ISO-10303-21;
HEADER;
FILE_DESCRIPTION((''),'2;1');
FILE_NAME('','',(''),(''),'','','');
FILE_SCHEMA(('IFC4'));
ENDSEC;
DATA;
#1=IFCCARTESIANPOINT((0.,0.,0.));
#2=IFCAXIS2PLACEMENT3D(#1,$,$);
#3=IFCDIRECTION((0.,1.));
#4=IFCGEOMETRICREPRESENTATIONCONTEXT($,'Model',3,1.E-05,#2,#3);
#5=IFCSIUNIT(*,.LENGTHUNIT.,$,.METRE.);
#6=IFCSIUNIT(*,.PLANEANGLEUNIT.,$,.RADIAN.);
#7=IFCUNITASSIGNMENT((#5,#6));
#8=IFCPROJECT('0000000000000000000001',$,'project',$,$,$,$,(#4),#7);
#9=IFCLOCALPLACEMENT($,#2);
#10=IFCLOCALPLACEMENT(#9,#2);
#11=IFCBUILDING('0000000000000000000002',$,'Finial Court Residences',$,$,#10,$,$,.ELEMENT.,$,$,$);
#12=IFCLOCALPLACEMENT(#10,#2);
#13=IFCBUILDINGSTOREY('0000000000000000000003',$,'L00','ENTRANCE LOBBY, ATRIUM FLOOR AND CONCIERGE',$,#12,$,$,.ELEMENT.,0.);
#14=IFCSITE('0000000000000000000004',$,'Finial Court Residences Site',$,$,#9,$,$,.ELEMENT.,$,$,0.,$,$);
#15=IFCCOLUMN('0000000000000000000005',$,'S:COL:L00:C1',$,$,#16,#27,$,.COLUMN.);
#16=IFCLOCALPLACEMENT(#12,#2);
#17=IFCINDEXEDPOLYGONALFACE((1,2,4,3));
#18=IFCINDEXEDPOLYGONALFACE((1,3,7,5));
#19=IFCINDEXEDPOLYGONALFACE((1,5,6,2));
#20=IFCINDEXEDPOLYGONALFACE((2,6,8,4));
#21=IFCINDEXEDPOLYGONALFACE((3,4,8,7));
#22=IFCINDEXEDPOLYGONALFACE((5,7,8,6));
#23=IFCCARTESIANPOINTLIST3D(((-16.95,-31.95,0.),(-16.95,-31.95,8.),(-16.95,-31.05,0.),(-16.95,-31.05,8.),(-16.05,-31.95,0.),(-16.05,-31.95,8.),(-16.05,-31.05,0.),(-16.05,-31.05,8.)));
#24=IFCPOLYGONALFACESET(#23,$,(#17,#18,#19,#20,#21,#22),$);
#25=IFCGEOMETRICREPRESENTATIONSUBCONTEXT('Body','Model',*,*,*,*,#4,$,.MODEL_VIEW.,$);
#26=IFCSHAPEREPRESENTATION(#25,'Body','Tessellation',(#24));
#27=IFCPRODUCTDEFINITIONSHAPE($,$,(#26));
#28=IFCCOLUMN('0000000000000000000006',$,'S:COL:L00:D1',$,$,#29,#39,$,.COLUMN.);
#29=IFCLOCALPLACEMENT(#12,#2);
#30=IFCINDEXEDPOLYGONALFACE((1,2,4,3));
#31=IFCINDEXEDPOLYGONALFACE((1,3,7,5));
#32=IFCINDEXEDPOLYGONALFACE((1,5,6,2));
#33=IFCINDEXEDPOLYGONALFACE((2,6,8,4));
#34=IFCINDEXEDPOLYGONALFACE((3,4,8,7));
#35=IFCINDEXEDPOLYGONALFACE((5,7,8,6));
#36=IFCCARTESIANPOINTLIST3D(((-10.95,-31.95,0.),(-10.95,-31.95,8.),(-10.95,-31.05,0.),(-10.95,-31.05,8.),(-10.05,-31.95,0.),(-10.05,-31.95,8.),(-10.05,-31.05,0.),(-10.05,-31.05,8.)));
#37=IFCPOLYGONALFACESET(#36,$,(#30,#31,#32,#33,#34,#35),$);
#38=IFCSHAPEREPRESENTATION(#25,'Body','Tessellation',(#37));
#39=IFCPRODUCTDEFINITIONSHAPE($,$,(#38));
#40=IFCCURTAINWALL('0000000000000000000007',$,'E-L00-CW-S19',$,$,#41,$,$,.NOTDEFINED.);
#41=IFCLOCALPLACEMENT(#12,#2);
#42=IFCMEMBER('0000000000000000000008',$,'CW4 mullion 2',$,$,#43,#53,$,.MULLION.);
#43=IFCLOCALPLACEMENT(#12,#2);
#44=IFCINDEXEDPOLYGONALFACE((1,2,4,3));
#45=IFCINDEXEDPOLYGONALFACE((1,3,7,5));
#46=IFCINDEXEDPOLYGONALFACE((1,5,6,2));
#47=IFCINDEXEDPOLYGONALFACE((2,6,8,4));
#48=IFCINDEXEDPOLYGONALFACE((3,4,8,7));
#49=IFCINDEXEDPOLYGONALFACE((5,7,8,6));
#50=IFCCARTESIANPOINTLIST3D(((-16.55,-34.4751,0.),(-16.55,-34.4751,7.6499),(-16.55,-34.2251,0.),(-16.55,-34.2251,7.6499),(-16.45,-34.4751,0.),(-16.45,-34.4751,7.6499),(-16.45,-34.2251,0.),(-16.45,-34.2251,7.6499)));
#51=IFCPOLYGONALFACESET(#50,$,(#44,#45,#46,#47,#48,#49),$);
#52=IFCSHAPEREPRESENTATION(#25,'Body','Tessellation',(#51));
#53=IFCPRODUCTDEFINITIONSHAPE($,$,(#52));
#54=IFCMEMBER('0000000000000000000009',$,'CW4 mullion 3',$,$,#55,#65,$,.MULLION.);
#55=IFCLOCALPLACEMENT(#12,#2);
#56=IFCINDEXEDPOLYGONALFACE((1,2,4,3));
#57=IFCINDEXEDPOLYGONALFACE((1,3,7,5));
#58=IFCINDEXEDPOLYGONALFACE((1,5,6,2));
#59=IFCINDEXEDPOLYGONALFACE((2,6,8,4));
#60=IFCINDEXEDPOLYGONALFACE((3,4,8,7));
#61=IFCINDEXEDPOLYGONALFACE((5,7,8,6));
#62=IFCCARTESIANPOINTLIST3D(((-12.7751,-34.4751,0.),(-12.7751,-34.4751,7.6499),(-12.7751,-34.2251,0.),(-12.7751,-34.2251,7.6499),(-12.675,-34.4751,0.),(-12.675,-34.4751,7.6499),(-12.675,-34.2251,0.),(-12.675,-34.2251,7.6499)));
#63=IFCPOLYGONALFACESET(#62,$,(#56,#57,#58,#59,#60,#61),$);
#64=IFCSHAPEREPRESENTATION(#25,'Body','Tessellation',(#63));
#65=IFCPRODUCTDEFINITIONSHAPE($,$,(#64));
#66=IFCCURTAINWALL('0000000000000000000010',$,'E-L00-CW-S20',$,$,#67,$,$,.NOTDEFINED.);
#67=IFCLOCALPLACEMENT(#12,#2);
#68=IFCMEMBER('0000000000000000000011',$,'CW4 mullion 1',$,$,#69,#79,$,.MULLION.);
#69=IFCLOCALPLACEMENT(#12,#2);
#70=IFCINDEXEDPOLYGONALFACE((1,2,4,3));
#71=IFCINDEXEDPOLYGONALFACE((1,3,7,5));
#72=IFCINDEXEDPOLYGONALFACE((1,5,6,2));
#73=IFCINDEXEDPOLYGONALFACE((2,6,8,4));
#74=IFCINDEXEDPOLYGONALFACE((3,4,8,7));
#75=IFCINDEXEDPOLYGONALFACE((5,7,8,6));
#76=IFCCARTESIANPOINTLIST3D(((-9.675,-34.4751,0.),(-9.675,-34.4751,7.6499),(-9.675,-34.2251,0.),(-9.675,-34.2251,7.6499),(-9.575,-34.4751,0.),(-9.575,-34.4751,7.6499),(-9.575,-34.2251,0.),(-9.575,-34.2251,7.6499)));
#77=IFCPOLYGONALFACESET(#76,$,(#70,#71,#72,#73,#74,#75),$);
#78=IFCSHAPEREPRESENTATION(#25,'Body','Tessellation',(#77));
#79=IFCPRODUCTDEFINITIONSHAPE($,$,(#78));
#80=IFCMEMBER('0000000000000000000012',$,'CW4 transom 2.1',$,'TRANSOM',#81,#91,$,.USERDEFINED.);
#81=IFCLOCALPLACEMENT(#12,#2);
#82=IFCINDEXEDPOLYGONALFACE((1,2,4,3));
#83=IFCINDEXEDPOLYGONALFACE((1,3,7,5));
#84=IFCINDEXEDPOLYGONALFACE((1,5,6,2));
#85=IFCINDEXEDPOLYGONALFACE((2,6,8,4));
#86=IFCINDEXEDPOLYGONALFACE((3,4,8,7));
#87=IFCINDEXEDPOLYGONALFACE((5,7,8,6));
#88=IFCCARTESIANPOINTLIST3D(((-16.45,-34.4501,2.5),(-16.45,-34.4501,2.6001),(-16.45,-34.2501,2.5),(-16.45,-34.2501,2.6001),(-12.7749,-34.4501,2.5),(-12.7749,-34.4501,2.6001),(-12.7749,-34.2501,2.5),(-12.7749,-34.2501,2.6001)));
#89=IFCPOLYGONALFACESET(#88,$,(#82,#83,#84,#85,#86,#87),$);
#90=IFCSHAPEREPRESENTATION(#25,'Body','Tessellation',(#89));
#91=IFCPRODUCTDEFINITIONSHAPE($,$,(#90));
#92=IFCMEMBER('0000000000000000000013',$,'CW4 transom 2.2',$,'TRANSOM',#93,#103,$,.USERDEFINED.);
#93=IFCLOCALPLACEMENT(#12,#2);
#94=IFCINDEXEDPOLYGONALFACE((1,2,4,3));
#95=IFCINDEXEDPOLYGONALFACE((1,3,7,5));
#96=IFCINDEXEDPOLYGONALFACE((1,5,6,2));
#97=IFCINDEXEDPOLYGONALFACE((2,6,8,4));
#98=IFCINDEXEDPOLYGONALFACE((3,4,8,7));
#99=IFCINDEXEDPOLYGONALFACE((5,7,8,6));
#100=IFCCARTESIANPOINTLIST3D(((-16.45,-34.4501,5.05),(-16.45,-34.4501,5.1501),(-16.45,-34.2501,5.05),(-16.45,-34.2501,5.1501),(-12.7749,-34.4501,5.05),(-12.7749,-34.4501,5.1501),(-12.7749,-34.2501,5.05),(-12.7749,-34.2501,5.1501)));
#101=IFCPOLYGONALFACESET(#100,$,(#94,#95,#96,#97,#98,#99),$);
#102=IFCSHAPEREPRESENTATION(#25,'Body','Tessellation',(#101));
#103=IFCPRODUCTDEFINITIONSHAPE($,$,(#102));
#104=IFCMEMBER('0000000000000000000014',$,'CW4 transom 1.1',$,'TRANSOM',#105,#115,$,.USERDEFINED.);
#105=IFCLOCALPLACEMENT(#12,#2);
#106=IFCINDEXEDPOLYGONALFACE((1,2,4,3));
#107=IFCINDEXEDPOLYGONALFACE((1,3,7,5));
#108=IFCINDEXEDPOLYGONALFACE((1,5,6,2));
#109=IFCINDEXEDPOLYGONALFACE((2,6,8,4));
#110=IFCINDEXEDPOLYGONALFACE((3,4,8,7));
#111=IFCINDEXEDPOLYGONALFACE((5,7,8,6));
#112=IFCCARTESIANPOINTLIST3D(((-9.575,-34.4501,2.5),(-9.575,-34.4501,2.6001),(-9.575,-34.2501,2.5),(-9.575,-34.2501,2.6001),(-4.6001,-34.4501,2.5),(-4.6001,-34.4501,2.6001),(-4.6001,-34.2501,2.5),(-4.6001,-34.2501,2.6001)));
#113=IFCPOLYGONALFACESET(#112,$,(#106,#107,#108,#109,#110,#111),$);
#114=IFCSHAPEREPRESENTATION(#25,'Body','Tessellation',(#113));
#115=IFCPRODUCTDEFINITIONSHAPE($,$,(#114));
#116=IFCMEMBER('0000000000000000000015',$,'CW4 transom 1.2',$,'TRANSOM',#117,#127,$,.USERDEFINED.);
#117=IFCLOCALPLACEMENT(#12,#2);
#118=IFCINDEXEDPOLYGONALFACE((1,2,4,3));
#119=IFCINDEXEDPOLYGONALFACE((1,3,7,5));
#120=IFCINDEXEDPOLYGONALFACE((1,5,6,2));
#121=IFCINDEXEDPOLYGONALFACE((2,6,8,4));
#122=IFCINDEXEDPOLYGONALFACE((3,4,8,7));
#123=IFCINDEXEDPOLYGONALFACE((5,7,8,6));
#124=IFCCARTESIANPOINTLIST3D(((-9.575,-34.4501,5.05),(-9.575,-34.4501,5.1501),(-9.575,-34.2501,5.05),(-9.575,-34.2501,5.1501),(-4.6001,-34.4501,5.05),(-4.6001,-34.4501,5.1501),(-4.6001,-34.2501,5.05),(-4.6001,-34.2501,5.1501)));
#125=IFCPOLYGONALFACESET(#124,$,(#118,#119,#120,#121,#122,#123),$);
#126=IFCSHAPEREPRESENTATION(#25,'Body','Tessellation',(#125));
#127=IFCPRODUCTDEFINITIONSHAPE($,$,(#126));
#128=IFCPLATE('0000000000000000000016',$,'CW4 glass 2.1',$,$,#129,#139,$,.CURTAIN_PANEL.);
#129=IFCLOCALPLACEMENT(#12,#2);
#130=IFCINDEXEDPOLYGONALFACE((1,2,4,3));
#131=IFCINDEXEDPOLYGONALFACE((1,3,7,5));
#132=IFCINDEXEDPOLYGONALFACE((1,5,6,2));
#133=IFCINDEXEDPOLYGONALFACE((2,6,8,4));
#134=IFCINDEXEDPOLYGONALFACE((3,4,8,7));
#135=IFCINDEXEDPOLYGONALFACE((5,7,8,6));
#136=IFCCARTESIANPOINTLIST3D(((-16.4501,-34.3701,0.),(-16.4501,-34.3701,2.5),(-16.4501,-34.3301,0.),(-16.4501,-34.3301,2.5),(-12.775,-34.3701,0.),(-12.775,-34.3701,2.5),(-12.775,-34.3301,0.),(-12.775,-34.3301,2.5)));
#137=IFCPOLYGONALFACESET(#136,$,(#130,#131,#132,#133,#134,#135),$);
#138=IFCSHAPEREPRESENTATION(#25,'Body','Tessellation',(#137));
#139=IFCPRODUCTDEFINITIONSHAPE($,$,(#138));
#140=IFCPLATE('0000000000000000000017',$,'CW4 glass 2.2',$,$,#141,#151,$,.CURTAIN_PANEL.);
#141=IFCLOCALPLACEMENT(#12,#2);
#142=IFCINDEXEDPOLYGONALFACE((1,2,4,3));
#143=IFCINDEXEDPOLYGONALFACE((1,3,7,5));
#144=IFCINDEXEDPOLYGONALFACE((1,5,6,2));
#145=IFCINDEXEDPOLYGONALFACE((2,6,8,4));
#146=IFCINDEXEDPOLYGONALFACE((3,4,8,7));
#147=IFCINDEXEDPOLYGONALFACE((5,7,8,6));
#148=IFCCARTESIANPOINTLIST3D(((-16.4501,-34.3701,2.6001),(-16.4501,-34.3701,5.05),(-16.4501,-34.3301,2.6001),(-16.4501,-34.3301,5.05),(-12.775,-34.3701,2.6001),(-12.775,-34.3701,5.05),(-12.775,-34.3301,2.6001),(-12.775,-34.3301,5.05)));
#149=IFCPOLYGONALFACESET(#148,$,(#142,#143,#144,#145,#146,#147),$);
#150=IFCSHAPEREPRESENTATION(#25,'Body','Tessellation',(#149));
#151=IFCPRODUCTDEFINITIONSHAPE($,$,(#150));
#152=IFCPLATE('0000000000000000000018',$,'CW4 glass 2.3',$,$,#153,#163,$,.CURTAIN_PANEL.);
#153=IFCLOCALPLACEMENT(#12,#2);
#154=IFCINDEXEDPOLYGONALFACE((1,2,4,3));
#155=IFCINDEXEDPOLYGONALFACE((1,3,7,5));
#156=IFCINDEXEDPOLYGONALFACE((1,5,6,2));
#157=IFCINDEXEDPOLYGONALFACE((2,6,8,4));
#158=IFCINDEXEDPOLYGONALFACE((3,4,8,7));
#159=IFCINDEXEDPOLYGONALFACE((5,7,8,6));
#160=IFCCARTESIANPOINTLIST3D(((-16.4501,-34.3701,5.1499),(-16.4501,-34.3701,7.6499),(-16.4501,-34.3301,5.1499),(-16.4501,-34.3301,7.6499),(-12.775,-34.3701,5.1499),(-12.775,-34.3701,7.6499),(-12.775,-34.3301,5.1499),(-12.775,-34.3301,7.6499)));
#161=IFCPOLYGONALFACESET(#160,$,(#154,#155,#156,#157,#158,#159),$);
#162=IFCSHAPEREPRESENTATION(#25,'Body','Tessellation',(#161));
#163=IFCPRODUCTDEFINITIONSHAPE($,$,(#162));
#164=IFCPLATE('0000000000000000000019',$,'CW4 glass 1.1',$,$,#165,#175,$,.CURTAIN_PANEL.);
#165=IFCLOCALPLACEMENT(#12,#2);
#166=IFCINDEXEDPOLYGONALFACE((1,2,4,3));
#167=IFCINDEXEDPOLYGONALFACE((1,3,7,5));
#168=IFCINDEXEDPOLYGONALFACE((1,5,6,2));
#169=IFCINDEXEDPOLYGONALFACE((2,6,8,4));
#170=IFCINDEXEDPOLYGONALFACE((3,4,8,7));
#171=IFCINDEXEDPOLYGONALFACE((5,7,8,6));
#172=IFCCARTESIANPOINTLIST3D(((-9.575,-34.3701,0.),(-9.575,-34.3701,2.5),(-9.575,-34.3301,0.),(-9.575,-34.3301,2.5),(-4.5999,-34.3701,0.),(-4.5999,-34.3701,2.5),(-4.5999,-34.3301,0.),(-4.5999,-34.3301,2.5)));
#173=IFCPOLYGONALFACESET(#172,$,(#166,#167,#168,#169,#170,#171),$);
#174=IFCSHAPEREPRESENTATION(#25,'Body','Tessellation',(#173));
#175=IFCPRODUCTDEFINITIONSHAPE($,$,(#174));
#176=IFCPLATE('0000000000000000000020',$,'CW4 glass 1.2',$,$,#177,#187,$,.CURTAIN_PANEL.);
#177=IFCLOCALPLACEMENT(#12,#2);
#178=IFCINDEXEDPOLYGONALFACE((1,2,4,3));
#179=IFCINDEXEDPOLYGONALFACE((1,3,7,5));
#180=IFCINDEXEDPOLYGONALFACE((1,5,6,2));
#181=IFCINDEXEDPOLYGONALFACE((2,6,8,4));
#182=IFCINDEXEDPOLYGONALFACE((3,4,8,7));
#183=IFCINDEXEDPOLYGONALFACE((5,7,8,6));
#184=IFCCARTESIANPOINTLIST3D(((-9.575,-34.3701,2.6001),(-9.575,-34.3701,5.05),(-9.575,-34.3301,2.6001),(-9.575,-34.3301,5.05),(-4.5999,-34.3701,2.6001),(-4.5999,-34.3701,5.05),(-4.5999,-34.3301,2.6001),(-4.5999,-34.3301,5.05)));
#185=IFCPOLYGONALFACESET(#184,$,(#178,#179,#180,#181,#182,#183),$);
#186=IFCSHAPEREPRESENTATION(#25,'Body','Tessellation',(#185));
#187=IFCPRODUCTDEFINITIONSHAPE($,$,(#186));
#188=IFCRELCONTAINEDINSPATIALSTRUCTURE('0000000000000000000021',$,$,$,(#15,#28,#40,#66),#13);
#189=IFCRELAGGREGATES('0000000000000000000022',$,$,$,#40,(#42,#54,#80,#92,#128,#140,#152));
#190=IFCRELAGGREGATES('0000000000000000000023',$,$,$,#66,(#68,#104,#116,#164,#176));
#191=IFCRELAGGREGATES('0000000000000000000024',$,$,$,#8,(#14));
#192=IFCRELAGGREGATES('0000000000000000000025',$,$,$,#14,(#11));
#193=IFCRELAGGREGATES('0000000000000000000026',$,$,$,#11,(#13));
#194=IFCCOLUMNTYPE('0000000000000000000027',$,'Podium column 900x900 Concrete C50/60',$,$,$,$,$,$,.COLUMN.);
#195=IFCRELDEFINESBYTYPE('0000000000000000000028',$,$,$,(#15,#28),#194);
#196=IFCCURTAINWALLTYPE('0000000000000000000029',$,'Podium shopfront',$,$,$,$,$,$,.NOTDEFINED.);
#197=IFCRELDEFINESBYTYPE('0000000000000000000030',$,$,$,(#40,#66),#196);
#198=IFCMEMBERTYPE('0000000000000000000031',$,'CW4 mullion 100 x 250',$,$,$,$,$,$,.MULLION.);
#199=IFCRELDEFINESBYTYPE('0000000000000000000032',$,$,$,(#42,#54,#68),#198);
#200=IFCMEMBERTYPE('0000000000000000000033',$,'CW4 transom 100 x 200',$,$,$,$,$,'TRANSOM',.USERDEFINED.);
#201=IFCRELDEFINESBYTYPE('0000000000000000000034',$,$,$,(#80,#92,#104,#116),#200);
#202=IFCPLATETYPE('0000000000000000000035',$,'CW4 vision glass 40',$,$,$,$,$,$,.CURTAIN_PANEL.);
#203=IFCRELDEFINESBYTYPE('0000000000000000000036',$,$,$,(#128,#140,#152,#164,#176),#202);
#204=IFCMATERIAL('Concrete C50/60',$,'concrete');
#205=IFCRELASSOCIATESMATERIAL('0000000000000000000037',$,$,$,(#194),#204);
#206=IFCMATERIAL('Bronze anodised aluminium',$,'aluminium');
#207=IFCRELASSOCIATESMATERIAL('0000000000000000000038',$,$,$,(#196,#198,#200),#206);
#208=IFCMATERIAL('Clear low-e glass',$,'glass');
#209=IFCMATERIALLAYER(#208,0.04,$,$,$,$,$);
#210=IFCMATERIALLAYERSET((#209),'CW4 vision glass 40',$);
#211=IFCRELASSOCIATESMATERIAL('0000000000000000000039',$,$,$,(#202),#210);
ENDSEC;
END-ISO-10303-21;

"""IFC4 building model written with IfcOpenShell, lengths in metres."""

from ifc_helpers import new_model, si_unit, direction, frame, origin, origin_2d, place, context, subcontext, project, spatial, rectangle, extrude, material, layer, layer_set, material_profile, profile_set, type_object, element, aggregate, save


model = new_model("IFC4")

# Units and contexts
model_context = context("Model", 3, precision=1e-05, world=origin(), true_north=direction((0.0, 1.0)))
body_context = subcontext(model_context, "Body", "Model", "MODEL_VIEW")
ifc_project = project(units=[si_unit("LENGTHUNIT", "METRE"), si_unit("PLANEANGLEUNIT", "RADIAN")], contexts=[model_context])

# Site, building, storey
site_placement = place(None, origin())
site = spatial("IfcSite", under=ifc_project, at=site_placement, Name="Finial Court Residences Site", CompositionType="ELEMENT", RefElevation=0.0)
building_placement = place(site_placement, origin())
building = spatial("IfcBuilding", under=site, at=building_placement, Name="Finial Court Residences", CompositionType="ELEMENT")
storey_placement = place(building_placement, origin())
storey = spatial("IfcBuildingStorey", under=building, at=storey_placement, Name="L00", Description="ENTRANCE LOBBY, ATRIUM FLOOR AND CONCIERGE", CompositionType="ELEMENT", Elevation=0.0)

# Columns
ifc_material_1 = material(Name="Concrete C50/60", Category="concrete")
ifc_material_profile_1 = material_profile(ifc_material_1, rectangle(XDim=0.8999, YDim=0.8999, at=origin_2d()), Name="900x900")
ifc_profile_set_1 = profile_set([ifc_material_profile_1], Name="Concrete C50/60")
column_type = type_object("IfcColumnType", Name="Podium column 900x900 Concrete C50/60", PredefinedType="COLUMN", material=ifc_profile_set_1)
for number, where, z_axis, x_axis, name in (
    (1, (-16.5, -31.5, 0.0), (0.0, 0.0, 1.0), (1.0, 0.0, 0.0), "S:COL:L00:C1"),
    (2, (-10.5, -31.5, 0.0), (0.0, 0.0, 1.0), (1.0, 0.0, 0.0), "S:COL:L00:D1"),
):
    element("IfcColumn", number, at=place(storey_placement, frame(where, z_axis=z_axis, x_axis=x_axis)), inside=storey, type_object=column_type, Name=name, PredefinedType="COLUMN", context=body_context, shape_type="SweptSolid", body=[
        extrude(rectangle(XDim=0.8999, YDim=0.8999, at=origin_2d()), origin(), (0.0, 0.0, 1.0), 8.0),
    ])

# Curtain wall, members
ifc_material_2 = material(Name="Bronze anodised aluminium", Category="aluminium")
curtain_wall_type = type_object("IfcCurtainWallType", Name="Podium shopfront", PredefinedType="NOTDEFINED", material=ifc_material_2)
curtain_wall_1_placement = place(storey_placement, origin())
curtain_wall_1 = element("IfcCurtainWall", 3, at=curtain_wall_1_placement, inside=storey, type_object=curtain_wall_type, Name="E-L00-CW-S19", PredefinedType="NOTDEFINED")
ifc_material_profile_2 = material_profile(ifc_material_2, rectangle(XDim=0.25, YDim=0.1001, at=origin_2d()), Name="CW4 mullion 100 x 250")
ifc_profile_set_2 = profile_set([ifc_material_profile_2], Name="Bronze anodised aluminium")
member_type_1 = type_object("IfcMemberType", Name="CW4 mullion 100 x 250", PredefinedType="MULLION", material=ifc_profile_set_2)
member_1_placement = place(storey_placement, frame((-16.5, -34.3501, 0.0), z_axis=(0.0, 0.0, 1.0), x_axis=(0.0, 1.0, 0.0)))
member_1 = element("IfcMember", 4, at=member_1_placement, type_object=member_type_1, Name="CW4 mullion 2", PredefinedType="MULLION", context=body_context, shape_type="SweptSolid", body=[
    extrude(rectangle(XDim=0.25, YDim=0.1001, at=origin_2d()), origin(), (0.0, 0.0, 1.0), 7.6499),
])
member_2_placement = place(storey_placement, frame((-12.7251, -34.3501, 0.0), z_axis=(0.0, 0.0, 1.0), x_axis=(0.0, 1.0, 0.0)))
member_2 = element("IfcMember", 5, at=member_2_placement, type_object=member_type_1, Name="CW4 mullion 3", PredefinedType="MULLION", context=body_context, shape_type="SweptSolid", body=[
    extrude(rectangle(XDim=0.25, YDim=0.1001, at=origin_2d()), origin(), (0.0, 0.0, 1.0), 7.6499),
])

# Curtain wall, member
curtain_wall_2_placement = place(storey_placement, origin())
curtain_wall_2 = element("IfcCurtainWall", 6, at=curtain_wall_2_placement, inside=storey, type_object=curtain_wall_type, Name="E-L00-CW-S20", PredefinedType="NOTDEFINED")
member_3_placement = place(storey_placement, frame((-9.625, -34.3501, 0.0), z_axis=(0.0, 0.0, 1.0), x_axis=(0.0, 1.0, 0.0)))
member_3 = element("IfcMember", 7, at=member_3_placement, type_object=member_type_1, Name="CW4 mullion 1", PredefinedType="MULLION", context=body_context, shape_type="SweptSolid", body=[
    extrude(rectangle(XDim=0.25, YDim=0.1001, at=origin_2d()), origin(), (0.0, 0.0, 1.0), 7.6499),
])

# Members
ifc_material_profile_3 = material_profile(ifc_material_2, rectangle(XDim=0.2, YDim=0.1001, at=origin_2d()), Name="CW4 transom 100 x 200")
ifc_profile_set_3 = profile_set([ifc_material_profile_3], Name="Bronze anodised aluminium")
member_type_2 = type_object("IfcMemberType", Name="CW4 transom 100 x 200", ElementType="TRANSOM", PredefinedType="USERDEFINED", material=ifc_profile_set_3)
member_4_placement = place(storey_placement, frame((-16.45, -34.3501, 2.55), z_axis=(1.0, 0.0, 0.0), x_axis=(0.0, 1.0, 0.0)))
member_4 = element("IfcMember", 8, at=member_4_placement, type_object=member_type_2, Name="CW4 transom 2.1", ObjectType="TRANSOM", PredefinedType="USERDEFINED", context=body_context, shape_type="SweptSolid", body=[
    extrude(rectangle(XDim=0.2, YDim=0.1001, at=origin_2d()), origin(), (0.0, 0.0, 1.0), 3.675),
])
member_5_placement = place(storey_placement, frame((-16.45, -34.3501, 5.1001), z_axis=(1.0, 0.0, 0.0), x_axis=(0.0, 1.0, 0.0)))
member_5 = element("IfcMember", 9, at=member_5_placement, type_object=member_type_2, Name="CW4 transom 2.2", ObjectType="TRANSOM", PredefinedType="USERDEFINED", context=body_context, shape_type="SweptSolid", body=[
    extrude(rectangle(XDim=0.2, YDim=0.1001, at=origin_2d()), origin(), (0.0, 0.0, 1.0), 3.675),
])
member_6_placement = place(storey_placement, frame((-9.575, -34.3501, 2.55), z_axis=(1.0, 0.0, 0.0), x_axis=(0.0, 1.0, 0.0)))
member_6 = element("IfcMember", 10, at=member_6_placement, type_object=member_type_2, Name="CW4 transom 1.1", ObjectType="TRANSOM", PredefinedType="USERDEFINED", context=body_context, shape_type="SweptSolid", body=[
    extrude(rectangle(XDim=0.2, YDim=0.1001, at=origin_2d()), origin(), (0.0, 0.0, 1.0), 4.9749),
])
member_7_placement = place(storey_placement, frame((-9.575, -34.3501, 5.1001), z_axis=(1.0, 0.0, 0.0), x_axis=(0.0, 1.0, 0.0)))
member_7 = element("IfcMember", 11, at=member_7_placement, type_object=member_type_2, Name="CW4 transom 1.2", ObjectType="TRANSOM", PredefinedType="USERDEFINED", context=body_context, shape_type="SweptSolid", body=[
    extrude(rectangle(XDim=0.2, YDim=0.1001, at=origin_2d()), origin(), (0.0, 0.0, 1.0), 4.9749),
])

# Plates
ifc_material_3 = material(Name="Clear low-e glass", Category="glass")
ifc_layer_1 = layer(ifc_material_3, 0.04)
ifc_layer_set_1 = layer_set([ifc_layer_1], Name="CW4 vision glass 40")
plate_type = type_object("IfcPlateType", Name="CW4 vision glass 40", PredefinedType="CURTAIN_PANEL", material=ifc_layer_set_1)
plate_1_placement = place(storey_placement, frame((-14.6125, -34.3501, 0.0), z_axis=(0.0, 0.0, 1.0), x_axis=(1.0, 0.0, 0.0)))
plate_1 = element("IfcPlate", 12, at=plate_1_placement, type_object=plate_type, Name="CW4 glass 2.1", PredefinedType="CURTAIN_PANEL", context=body_context, shape_type="SweptSolid", body=[
    extrude(rectangle(XDim=3.675, YDim=0.04, at=origin_2d()), origin(), (0.0, 0.0, 1.0), 2.5),
])
plate_2_placement = place(storey_placement, frame((-14.6125, -34.3501, 2.6001), z_axis=(0.0, 0.0, 1.0), x_axis=(1.0, 0.0, 0.0)))
plate_2 = element("IfcPlate", 13, at=plate_2_placement, type_object=plate_type, Name="CW4 glass 2.2", PredefinedType="CURTAIN_PANEL", context=body_context, shape_type="SweptSolid", body=[
    extrude(rectangle(XDim=3.675, YDim=0.04, at=origin_2d()), origin(), (0.0, 0.0, 1.0), 2.45),
])
plate_3_placement = place(storey_placement, frame((-14.6125, -34.3501, 5.1499), z_axis=(0.0, 0.0, 1.0), x_axis=(1.0, 0.0, 0.0)))
plate_3 = element("IfcPlate", 14, at=plate_3_placement, type_object=plate_type, Name="CW4 glass 2.3", PredefinedType="CURTAIN_PANEL", context=body_context, shape_type="SweptSolid", body=[
    extrude(rectangle(XDim=3.675, YDim=0.04, at=origin_2d()), origin(), (0.0, 0.0, 1.0), 2.5),
])
aggregate(curtain_wall_1, [member_1, member_2, member_4, member_5, plate_1, plate_2, plate_3])
plate_4_placement = place(storey_placement, frame((-7.0874, -34.3501, 0.0), z_axis=(0.0, 0.0, 1.0), x_axis=(1.0, 0.0, 0.0)))
plate_4 = element("IfcPlate", 15, at=plate_4_placement, type_object=plate_type, Name="CW4 glass 1.1", PredefinedType="CURTAIN_PANEL", context=body_context, shape_type="SweptSolid", body=[
    extrude(rectangle(XDim=4.9751, YDim=0.04, at=origin_2d()), origin(), (0.0, 0.0, 1.0), 2.5),
])
plate_5_placement = place(storey_placement, frame((-7.0874, -34.3501, 2.6001), z_axis=(0.0, 0.0, 1.0), x_axis=(1.0, 0.0, 0.0)))
plate_5 = element("IfcPlate", 16, at=plate_5_placement, type_object=plate_type, Name="CW4 glass 1.2", PredefinedType="CURTAIN_PANEL", context=body_context, shape_type="SweptSolid", body=[
    extrude(rectangle(XDim=4.9751, YDim=0.04, at=origin_2d()), origin(), (0.0, 0.0, 1.0), 2.45),
])
aggregate(curtain_wall_2, [member_3, member_6, member_7, plate_4, plate_5])

save(model, "model.ifc")
